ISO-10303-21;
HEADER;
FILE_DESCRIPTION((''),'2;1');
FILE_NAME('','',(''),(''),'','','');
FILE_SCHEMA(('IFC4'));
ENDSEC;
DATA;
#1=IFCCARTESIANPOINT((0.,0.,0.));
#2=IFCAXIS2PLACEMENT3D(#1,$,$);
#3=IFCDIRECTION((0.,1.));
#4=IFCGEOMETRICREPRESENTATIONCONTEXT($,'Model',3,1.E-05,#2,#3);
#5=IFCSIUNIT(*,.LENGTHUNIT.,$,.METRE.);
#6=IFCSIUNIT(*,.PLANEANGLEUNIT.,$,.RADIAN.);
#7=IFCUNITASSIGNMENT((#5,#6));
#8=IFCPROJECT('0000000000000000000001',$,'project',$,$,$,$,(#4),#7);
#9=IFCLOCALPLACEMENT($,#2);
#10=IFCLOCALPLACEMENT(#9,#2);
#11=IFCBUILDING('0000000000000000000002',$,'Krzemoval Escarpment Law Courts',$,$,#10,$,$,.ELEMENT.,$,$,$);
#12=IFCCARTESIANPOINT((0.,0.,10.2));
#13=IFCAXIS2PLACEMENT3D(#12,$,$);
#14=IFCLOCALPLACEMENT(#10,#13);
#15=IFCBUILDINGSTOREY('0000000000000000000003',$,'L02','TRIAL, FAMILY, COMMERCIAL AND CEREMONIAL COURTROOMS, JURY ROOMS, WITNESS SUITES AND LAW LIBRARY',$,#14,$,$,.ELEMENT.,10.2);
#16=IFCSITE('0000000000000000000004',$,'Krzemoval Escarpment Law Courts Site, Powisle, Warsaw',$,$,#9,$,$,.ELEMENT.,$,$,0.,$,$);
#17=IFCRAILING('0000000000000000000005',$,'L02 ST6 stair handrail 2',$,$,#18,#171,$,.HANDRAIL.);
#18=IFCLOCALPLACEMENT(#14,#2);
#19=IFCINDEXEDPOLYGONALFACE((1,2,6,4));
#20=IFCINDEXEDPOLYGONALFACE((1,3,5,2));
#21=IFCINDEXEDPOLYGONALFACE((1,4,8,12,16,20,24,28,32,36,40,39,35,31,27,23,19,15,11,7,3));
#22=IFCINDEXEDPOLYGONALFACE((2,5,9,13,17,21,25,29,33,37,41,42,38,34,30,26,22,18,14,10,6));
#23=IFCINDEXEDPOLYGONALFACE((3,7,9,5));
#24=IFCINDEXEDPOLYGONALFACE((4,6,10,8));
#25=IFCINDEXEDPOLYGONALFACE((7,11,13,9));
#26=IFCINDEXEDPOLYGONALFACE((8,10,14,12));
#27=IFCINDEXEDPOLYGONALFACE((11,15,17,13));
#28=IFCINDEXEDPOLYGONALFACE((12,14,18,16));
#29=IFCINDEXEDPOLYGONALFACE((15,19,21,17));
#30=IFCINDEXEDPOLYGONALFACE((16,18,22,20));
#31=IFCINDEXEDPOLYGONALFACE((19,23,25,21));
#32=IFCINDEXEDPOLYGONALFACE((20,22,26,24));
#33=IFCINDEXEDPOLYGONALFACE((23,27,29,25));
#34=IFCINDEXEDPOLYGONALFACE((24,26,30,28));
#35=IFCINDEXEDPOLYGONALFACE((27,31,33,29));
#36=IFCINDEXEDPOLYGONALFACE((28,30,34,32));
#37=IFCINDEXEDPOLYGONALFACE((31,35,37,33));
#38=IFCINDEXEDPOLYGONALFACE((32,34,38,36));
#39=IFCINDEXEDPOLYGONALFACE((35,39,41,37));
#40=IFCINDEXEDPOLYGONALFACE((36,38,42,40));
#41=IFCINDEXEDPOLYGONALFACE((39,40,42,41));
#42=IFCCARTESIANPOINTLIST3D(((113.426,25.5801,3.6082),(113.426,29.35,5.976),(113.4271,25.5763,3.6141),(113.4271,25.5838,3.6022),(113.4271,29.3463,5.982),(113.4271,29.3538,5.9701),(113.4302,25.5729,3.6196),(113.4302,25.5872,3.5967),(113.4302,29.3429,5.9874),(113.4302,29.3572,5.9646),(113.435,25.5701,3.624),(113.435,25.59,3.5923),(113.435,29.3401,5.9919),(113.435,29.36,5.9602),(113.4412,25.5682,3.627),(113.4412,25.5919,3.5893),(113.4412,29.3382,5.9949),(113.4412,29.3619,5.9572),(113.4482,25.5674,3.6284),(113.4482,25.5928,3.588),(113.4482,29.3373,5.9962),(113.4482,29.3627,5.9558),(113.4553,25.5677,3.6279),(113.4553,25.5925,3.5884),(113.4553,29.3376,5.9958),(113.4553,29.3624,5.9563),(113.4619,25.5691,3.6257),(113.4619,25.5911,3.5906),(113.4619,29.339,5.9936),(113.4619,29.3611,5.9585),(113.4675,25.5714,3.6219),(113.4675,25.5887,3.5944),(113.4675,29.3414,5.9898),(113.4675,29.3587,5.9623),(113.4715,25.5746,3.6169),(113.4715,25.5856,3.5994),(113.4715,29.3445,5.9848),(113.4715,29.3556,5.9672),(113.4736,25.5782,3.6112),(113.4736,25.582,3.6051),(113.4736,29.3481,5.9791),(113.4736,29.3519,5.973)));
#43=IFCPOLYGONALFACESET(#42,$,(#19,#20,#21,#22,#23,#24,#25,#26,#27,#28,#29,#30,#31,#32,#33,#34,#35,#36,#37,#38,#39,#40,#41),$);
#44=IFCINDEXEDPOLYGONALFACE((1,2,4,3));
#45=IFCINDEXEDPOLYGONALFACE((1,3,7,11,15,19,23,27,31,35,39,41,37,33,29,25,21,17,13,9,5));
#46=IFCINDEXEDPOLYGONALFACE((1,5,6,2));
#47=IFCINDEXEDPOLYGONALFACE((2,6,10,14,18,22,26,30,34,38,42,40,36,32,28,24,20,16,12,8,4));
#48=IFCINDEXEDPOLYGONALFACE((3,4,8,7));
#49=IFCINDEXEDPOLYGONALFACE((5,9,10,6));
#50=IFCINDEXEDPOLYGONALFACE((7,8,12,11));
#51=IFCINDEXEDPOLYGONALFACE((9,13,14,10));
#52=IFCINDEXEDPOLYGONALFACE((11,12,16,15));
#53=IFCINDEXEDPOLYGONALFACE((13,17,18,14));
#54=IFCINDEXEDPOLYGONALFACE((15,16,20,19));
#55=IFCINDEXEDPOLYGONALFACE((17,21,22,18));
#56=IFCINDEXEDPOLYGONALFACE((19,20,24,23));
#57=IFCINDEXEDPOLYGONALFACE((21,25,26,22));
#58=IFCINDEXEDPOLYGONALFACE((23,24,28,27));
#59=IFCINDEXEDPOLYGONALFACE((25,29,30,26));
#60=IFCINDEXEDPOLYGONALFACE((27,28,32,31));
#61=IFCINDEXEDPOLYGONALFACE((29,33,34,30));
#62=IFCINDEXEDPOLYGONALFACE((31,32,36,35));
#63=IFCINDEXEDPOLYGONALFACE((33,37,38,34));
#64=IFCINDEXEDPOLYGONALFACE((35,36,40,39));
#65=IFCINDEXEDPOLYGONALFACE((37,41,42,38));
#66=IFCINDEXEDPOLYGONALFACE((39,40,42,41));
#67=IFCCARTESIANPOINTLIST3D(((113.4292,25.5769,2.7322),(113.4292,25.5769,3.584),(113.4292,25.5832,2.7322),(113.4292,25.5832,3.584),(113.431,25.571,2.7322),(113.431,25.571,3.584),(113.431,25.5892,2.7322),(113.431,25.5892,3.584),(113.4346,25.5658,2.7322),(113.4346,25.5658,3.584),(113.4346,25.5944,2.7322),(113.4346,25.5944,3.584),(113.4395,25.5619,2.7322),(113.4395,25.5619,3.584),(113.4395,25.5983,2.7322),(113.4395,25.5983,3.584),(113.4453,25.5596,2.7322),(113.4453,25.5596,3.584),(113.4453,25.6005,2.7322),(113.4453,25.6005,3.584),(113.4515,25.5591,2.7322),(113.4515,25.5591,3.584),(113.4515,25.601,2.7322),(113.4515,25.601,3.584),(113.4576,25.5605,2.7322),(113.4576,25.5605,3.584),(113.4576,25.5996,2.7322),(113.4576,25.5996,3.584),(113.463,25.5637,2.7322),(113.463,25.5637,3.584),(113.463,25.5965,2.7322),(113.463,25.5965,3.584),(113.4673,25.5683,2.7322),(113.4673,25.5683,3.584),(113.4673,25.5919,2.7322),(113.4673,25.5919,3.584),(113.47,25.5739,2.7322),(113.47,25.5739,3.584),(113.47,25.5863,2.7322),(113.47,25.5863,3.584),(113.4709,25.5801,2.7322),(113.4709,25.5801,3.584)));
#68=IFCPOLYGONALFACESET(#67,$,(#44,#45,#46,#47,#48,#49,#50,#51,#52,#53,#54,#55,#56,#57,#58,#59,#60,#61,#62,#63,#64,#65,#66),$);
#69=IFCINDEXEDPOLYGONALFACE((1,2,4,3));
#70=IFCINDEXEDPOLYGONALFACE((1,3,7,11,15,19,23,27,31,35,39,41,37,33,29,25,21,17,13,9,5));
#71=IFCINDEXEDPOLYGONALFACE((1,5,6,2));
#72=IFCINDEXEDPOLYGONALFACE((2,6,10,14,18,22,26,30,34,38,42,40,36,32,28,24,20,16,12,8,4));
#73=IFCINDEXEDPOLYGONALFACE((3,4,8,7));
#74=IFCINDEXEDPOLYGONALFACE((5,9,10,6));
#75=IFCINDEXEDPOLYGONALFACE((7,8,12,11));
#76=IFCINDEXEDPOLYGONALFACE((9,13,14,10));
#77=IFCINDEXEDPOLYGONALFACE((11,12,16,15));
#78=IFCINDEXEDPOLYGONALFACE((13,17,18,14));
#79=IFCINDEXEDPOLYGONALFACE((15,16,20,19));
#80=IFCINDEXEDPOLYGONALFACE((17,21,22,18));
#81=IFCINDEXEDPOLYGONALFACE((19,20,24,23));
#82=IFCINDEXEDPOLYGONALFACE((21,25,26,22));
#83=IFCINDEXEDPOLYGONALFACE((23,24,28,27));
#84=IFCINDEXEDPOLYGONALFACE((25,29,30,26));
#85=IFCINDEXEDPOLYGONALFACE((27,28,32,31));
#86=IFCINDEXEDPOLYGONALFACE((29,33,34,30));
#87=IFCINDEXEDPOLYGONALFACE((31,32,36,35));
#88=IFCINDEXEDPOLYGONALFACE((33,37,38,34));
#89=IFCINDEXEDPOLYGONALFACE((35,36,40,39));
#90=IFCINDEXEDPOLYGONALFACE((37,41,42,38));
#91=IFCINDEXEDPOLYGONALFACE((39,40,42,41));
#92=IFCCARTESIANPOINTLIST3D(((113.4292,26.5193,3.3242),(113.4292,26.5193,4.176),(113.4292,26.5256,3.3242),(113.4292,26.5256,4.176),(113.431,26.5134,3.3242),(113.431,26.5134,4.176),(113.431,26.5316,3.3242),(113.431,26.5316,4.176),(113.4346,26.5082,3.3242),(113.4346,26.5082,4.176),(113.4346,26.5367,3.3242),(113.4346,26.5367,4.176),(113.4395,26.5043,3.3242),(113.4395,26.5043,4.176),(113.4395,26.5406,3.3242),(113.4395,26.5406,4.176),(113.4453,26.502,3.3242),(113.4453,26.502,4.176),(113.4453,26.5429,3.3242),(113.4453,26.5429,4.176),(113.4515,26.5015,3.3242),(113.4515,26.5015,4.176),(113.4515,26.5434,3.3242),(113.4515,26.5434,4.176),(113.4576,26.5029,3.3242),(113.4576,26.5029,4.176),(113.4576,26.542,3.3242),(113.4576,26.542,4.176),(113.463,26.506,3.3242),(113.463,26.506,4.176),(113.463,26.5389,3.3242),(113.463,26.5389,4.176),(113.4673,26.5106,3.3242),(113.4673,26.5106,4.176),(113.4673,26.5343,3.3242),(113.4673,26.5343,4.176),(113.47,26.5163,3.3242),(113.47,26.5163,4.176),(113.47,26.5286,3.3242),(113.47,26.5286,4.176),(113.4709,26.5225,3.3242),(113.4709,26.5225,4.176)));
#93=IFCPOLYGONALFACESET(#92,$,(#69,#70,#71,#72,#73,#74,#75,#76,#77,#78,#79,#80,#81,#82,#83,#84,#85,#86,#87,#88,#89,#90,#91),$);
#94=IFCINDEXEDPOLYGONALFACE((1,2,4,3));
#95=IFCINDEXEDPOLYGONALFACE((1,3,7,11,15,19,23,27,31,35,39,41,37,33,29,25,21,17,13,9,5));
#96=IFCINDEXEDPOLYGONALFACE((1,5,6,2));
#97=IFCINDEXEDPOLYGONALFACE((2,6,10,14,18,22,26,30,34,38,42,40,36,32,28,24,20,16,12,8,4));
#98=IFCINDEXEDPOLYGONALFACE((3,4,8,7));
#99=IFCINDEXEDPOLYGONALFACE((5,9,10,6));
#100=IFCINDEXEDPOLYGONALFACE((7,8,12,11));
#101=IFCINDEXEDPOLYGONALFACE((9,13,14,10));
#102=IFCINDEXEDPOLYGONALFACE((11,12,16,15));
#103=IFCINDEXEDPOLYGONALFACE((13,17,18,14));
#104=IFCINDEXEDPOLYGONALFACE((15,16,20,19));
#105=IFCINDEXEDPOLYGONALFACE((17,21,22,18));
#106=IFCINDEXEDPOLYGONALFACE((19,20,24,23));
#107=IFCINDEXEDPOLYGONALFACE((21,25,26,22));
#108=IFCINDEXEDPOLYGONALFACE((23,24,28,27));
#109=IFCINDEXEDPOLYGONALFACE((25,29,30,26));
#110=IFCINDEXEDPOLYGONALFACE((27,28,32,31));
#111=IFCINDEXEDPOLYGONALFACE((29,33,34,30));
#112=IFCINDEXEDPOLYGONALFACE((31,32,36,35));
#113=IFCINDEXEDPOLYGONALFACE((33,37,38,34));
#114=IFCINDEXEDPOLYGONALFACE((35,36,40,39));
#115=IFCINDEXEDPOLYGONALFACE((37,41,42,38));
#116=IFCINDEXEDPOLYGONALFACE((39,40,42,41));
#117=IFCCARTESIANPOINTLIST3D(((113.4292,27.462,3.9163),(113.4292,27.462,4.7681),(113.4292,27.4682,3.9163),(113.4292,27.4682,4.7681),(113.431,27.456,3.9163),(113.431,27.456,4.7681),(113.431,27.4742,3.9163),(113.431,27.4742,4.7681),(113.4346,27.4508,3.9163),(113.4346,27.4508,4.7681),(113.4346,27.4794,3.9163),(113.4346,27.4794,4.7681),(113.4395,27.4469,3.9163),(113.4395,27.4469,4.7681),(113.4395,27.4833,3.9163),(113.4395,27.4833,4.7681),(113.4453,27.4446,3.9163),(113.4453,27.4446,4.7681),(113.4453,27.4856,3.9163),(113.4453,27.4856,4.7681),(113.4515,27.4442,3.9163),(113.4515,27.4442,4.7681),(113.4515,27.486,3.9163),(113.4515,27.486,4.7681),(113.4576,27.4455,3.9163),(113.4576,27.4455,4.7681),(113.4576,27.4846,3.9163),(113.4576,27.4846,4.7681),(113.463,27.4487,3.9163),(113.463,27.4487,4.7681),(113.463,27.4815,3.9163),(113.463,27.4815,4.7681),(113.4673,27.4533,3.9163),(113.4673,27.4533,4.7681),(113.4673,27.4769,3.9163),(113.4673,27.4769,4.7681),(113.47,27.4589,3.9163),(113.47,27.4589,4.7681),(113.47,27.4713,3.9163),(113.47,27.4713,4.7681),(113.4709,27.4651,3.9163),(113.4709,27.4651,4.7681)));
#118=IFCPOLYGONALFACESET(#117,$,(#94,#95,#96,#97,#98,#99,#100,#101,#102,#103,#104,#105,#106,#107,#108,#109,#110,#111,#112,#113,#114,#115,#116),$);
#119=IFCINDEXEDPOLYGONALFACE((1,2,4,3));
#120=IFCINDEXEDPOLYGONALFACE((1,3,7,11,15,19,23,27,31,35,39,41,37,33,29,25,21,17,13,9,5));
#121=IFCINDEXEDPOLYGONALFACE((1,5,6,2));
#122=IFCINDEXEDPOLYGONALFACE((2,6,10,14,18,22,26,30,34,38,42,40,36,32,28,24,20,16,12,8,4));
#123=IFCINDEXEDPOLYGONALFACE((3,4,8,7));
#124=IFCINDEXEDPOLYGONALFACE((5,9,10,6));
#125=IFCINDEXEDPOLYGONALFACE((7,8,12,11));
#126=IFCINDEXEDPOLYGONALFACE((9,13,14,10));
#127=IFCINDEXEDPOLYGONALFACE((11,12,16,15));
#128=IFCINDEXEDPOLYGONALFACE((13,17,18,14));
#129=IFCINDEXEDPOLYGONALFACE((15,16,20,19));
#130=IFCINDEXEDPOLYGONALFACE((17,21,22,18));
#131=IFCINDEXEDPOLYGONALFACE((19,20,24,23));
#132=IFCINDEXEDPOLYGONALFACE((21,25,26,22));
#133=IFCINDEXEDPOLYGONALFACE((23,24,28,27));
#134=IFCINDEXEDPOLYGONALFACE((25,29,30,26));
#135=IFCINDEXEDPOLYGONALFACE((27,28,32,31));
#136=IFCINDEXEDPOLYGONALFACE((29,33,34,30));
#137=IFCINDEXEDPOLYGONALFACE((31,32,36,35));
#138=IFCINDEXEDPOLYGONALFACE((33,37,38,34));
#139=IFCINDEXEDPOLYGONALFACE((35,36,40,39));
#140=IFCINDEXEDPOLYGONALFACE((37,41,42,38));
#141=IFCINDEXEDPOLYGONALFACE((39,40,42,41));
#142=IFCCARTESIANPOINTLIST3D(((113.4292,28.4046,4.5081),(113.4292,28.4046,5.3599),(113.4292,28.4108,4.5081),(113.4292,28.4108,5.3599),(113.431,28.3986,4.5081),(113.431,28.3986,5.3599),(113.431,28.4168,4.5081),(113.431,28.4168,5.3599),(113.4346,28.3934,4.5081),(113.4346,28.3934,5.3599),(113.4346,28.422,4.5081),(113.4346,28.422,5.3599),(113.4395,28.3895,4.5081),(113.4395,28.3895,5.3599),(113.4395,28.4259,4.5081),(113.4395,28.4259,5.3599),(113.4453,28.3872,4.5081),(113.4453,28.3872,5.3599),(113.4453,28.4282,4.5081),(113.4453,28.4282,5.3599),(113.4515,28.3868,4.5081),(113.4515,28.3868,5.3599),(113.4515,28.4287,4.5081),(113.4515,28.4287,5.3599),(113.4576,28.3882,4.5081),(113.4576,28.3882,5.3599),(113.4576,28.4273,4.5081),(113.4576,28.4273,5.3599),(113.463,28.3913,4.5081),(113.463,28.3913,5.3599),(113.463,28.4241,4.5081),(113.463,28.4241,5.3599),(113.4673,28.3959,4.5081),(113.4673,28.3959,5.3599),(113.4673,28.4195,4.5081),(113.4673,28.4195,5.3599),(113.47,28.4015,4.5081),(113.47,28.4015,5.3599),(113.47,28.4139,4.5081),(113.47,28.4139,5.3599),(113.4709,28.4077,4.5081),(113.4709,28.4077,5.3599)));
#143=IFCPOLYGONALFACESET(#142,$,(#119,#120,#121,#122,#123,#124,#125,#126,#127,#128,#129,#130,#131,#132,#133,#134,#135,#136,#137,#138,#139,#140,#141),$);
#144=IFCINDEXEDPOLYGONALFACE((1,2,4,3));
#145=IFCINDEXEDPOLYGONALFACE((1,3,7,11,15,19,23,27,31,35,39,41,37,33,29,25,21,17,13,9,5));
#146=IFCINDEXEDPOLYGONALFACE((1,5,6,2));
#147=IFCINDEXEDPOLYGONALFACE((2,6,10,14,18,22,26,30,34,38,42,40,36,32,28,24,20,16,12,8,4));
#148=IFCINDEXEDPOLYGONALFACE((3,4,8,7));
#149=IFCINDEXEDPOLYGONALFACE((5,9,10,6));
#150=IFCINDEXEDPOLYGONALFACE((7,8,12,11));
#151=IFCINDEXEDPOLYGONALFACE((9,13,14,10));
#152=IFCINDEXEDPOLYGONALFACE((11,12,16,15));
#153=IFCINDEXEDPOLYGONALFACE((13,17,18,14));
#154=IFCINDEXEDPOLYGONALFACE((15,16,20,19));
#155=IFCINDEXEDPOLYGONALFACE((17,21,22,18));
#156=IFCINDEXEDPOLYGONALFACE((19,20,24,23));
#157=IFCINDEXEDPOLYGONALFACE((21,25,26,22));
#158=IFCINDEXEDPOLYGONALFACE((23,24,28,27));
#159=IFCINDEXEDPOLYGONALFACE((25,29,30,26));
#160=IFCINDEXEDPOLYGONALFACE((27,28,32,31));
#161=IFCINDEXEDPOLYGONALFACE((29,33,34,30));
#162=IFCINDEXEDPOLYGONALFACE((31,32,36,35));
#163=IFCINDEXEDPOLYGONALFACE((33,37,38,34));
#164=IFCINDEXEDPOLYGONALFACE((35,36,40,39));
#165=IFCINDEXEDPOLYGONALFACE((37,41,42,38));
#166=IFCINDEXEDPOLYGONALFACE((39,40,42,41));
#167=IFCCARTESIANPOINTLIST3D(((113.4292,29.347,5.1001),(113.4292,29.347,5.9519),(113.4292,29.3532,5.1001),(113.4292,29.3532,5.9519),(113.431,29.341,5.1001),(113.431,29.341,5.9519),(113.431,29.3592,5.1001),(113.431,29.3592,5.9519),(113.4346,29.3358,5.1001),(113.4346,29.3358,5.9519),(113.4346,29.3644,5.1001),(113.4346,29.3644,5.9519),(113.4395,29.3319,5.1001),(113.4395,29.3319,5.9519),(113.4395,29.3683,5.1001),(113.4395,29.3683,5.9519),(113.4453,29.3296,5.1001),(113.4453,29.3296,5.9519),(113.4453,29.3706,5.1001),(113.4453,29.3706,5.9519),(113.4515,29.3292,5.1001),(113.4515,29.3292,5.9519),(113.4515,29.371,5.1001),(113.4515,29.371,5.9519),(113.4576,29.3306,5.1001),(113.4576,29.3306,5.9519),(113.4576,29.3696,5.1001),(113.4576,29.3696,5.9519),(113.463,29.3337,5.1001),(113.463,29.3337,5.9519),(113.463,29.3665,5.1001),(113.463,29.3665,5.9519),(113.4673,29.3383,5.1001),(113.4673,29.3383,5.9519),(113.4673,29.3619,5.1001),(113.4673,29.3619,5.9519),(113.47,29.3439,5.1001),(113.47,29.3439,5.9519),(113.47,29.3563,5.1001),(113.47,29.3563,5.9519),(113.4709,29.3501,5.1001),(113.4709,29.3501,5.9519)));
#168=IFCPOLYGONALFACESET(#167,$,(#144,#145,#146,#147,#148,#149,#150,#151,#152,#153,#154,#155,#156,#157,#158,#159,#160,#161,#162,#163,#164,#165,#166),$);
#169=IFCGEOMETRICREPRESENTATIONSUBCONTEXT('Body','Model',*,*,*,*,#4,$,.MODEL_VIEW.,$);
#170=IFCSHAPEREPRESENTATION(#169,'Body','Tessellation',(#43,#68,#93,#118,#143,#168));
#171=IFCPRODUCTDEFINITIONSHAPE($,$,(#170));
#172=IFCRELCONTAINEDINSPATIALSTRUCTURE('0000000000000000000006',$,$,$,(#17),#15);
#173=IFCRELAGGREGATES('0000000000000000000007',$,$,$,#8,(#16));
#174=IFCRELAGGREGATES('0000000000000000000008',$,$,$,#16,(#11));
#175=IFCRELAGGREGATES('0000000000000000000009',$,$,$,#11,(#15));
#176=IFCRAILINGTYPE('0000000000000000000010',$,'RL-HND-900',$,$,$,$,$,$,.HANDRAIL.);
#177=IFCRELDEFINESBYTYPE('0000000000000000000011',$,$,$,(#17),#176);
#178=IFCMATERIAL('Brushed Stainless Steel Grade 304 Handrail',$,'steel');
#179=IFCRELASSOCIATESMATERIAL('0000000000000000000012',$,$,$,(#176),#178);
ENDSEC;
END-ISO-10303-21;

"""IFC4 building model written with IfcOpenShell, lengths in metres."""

from ifc_helpers import new_model, si_unit, direction, frame, origin, origin_2d, place, context, subcontext, project, spatial, circle, extrude, material, type_object, element, save


model = new_model("IFC4")

# Units and contexts
model_context = context("Model", 3, precision=1e-05, world=origin(), true_north=direction((0.0, 1.0)))
body_context = subcontext(model_context, "Body", "Model", "MODEL_VIEW")
ifc_project = project(units=[si_unit("LENGTHUNIT", "METRE"), si_unit("PLANEANGLEUNIT", "RADIAN")], contexts=[model_context])

# Site, building, storey
site_placement = place(None, origin())
site = spatial("IfcSite", under=ifc_project, at=site_placement, Name="Krzemoval Escarpment Law Courts Site, Powisle, Warsaw", CompositionType="ELEMENT", RefElevation=0.0)
building_placement = place(site_placement, origin())
building = spatial("IfcBuilding", under=site, at=building_placement, Name="Krzemoval Escarpment Law Courts", CompositionType="ELEMENT")
storey_placement = place(building_placement, frame((0.0, 0.0, 10.2)))
storey = spatial("IfcBuildingStorey", under=building, at=storey_placement, Name="L02", Description="TRIAL, FAMILY, COMMERCIAL AND CEREMONIAL COURTROOMS, JURY ROOMS, WITNESS SUITES AND LAW LIBRARY", CompositionType="ELEMENT", Elevation=10.2)

# Railing
ifc_material_1 = material(Name="Brushed Stainless Steel Grade 304 Handrail", Category="steel")
railing_type = type_object("IfcRailingType", Name="RL-HND-900", PredefinedType="HANDRAIL", material=ifc_material_1)
railing_placement = place(storey_placement, frame((113.45, 25.5801, 2.7322)))
element("IfcRailing", 1, at=railing_placement, inside=storey, type_object=railing_type, Name="L02 ST6 stair handrail 2", PredefinedType="HANDRAIL", context=body_context, shape_type="SweptSolid", body=[
    extrude(circle(Radius=0.0239, at=origin_2d()), frame((0.0, 0.0, 0.876), z_axis=(0.0, 0.846819, 0.531881), x_axis=(-1.0, 0.0, 0.0)), (0.0, 0.0, 1.0), 4.4519),
    extrude(circle(Radius=0.021, at=origin_2d()), origin(), (0.0, 0.0, 1.0), 0.8518),
    extrude(circle(Radius=0.021, at=origin_2d()), frame((0.0, 0.9424, 0.592)), (0.0, 0.0, 1.0), 0.8518),
    extrude(circle(Radius=0.021, at=origin_2d()), frame((0.0, 1.885, 1.1841)), (0.0, 0.0, 1.0), 0.8518),
    extrude(circle(Radius=0.021, at=origin_2d()), frame((0.0, 2.8276, 1.7759)), (0.0, 0.0, 1.0), 0.8518),
    extrude(circle(Radius=0.021, at=origin_2d()), frame((0.0, 3.77, 2.3679)), (0.0, 0.0, 1.0), 0.8518),
])

save(model, "model.ifc")
